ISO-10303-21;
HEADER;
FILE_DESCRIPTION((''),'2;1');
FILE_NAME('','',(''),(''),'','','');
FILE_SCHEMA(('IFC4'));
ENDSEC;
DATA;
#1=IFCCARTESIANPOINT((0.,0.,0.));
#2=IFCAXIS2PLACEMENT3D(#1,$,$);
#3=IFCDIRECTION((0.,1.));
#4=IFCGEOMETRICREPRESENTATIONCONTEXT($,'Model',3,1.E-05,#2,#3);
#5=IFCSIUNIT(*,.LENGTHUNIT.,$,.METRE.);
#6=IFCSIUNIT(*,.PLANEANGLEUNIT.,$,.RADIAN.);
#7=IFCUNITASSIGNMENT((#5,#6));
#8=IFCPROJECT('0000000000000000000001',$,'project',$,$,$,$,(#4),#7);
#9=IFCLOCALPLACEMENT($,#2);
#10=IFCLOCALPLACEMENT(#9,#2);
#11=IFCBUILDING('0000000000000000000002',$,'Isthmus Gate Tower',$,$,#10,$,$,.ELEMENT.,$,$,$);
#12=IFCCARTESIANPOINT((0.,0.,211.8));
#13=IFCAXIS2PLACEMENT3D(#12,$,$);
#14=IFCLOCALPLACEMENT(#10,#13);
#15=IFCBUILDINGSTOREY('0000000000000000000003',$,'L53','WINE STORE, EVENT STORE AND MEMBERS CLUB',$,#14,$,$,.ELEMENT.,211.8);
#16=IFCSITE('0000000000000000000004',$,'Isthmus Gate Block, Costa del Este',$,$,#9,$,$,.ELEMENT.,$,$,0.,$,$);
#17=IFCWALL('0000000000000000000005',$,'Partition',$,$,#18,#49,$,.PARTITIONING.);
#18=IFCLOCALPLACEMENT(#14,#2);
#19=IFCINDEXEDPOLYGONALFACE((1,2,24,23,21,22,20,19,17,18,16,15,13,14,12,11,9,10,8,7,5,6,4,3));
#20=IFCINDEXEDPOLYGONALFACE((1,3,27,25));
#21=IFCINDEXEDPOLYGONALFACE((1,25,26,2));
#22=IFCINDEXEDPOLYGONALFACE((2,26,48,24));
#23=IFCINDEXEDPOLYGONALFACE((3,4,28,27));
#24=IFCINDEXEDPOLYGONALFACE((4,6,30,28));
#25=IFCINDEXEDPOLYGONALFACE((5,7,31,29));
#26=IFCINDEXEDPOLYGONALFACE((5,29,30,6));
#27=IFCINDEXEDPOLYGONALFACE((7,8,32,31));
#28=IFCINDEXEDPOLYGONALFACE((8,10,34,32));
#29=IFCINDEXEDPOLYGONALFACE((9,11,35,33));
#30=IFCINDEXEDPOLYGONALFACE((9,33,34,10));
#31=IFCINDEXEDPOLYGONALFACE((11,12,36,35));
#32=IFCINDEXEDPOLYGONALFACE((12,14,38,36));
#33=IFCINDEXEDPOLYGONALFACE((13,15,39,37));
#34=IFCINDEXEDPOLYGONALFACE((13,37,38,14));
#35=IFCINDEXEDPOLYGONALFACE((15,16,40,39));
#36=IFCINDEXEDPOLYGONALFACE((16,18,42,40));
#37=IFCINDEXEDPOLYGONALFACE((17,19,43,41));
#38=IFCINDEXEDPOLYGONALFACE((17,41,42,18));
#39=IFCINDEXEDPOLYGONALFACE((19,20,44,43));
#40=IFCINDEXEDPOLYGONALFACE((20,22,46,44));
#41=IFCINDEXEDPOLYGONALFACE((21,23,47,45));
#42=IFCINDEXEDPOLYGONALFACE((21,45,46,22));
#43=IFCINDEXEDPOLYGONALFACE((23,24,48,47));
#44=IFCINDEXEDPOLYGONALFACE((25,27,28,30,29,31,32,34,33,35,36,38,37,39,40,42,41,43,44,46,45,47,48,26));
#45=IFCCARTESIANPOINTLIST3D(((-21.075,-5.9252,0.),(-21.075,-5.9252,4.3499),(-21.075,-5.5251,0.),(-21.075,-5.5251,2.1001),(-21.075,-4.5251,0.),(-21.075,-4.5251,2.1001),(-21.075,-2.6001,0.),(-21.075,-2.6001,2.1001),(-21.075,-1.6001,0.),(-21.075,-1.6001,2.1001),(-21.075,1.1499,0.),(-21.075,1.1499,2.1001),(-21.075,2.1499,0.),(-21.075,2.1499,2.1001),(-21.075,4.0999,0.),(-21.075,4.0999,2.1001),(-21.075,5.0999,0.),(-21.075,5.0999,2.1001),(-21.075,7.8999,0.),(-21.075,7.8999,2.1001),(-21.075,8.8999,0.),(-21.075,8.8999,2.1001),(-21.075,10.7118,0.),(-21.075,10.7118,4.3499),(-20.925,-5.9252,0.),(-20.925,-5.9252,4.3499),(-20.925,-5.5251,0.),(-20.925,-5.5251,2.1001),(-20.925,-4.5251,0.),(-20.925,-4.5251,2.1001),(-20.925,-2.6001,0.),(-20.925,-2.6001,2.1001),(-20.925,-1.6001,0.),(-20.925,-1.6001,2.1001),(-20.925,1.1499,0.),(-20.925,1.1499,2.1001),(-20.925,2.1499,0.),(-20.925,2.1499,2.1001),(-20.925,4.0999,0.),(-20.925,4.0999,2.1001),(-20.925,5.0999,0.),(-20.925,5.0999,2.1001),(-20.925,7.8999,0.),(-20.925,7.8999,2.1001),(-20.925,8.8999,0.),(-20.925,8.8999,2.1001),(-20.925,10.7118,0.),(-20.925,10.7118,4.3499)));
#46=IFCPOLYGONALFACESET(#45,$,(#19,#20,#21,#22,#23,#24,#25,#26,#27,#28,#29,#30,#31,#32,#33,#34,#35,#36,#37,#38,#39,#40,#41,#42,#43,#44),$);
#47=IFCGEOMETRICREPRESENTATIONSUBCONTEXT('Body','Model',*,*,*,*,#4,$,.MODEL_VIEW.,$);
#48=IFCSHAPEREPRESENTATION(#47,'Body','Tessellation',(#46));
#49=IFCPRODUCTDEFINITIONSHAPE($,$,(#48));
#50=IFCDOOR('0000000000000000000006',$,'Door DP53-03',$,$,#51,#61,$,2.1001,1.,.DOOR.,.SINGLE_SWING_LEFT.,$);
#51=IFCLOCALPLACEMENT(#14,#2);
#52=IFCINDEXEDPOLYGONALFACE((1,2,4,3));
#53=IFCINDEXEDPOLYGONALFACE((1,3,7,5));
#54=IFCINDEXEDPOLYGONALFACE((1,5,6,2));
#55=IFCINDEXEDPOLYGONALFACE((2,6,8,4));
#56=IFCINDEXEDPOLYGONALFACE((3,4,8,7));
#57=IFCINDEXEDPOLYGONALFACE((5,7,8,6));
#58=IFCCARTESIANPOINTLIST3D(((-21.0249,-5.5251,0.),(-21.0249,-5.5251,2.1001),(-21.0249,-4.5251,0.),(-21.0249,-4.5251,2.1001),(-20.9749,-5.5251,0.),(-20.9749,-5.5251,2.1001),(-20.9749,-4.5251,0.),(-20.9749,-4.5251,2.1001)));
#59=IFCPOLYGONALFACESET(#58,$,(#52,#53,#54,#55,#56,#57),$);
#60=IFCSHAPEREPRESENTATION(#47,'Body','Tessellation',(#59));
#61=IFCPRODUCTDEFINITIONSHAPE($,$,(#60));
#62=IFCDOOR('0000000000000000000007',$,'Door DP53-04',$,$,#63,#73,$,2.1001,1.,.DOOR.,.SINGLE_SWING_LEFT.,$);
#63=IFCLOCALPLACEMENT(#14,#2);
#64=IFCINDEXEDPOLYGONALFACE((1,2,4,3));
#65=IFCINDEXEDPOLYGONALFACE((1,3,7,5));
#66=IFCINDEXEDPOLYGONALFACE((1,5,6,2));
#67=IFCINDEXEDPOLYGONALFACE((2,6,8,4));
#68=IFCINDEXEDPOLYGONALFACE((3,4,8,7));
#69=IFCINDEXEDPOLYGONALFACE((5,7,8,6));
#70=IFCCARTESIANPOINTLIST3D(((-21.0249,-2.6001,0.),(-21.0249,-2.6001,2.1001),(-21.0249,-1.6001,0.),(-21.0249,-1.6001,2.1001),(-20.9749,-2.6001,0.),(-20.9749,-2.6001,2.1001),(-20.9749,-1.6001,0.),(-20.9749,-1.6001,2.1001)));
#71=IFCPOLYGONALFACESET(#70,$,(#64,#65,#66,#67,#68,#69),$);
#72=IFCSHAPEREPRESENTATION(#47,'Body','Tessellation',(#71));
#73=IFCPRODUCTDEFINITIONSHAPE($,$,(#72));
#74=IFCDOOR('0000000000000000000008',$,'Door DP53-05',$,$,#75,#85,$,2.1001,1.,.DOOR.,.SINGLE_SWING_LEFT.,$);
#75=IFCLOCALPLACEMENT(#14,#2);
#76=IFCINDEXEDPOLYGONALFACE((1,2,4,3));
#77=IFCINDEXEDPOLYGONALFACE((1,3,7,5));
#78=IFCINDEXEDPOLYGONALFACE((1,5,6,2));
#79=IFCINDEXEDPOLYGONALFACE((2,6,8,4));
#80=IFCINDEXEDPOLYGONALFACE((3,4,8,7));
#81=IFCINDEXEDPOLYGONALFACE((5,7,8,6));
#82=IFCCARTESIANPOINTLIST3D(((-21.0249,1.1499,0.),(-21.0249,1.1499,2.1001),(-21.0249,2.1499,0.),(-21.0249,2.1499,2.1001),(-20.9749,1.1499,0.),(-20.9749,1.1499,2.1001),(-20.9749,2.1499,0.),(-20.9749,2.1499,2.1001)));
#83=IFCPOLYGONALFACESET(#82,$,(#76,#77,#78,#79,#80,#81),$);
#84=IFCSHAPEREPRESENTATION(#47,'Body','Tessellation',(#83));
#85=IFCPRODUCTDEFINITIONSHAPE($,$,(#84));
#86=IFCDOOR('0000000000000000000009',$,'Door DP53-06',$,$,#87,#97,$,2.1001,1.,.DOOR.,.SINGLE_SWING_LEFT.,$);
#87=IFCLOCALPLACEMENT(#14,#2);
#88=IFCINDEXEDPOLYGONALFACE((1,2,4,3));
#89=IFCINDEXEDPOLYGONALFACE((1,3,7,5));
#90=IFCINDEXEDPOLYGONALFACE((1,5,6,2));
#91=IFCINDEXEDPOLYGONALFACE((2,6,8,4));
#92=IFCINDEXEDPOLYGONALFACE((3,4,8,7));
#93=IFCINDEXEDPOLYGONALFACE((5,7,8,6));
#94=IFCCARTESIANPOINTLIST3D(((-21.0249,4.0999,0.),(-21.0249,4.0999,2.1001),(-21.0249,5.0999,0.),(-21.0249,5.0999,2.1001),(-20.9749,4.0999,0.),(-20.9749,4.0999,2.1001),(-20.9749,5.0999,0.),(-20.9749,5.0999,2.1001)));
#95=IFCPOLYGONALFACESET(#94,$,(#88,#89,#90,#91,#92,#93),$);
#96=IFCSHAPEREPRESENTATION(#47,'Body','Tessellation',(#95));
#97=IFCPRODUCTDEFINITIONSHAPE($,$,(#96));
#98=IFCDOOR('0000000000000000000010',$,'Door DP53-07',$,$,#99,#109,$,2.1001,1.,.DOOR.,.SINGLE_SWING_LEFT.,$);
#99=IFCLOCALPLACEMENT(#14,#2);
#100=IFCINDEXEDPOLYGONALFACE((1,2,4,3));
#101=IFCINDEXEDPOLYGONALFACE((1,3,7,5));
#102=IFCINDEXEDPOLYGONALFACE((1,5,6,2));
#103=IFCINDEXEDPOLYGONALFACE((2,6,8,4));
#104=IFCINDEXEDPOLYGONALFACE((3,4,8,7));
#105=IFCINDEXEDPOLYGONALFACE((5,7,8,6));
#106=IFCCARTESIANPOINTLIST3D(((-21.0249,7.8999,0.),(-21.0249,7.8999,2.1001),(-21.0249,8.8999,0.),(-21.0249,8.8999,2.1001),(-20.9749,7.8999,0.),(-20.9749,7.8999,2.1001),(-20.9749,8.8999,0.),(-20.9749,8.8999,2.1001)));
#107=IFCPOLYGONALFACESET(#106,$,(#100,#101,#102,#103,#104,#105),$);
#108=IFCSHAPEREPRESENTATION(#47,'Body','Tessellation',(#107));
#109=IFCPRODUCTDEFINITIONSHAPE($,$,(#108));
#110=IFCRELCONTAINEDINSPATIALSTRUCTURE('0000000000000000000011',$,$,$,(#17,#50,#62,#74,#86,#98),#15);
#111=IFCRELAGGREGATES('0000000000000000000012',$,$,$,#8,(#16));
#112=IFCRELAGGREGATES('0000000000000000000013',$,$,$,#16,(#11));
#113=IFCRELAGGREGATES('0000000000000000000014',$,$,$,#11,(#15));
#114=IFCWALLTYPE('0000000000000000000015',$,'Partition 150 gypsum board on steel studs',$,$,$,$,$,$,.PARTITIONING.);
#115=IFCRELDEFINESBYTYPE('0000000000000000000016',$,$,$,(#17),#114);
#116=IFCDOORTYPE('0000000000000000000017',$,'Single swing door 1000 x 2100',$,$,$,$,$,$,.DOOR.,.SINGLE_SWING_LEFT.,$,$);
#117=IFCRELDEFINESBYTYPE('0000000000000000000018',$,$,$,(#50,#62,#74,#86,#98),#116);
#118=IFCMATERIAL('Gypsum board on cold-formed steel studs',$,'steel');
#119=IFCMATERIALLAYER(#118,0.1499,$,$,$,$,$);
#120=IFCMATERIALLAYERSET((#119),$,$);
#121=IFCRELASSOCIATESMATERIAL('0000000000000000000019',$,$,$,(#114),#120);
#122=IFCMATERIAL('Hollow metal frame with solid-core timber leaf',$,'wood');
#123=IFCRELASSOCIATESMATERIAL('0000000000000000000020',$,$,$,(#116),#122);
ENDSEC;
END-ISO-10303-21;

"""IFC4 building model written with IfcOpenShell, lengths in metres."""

from ifc_helpers import new_model, si_unit, direction, frame, frame_2d, origin, place, context, subcontext, project, spatial, rectangle, extrude, material, layer, layer_set, type_object, element, fill, save


model = new_model("IFC4")

# Units and contexts
model_context = context("Model", 3, precision=1e-05, world=origin(), true_north=direction((0.0, 1.0)))
body_context = subcontext(model_context, "Body", "Model", "MODEL_VIEW")
ifc_project = project(units=[si_unit("LENGTHUNIT", "METRE"), si_unit("PLANEANGLEUNIT", "RADIAN")], contexts=[model_context])

# Site, building, storey
site_placement = place(None, origin())
site = spatial("IfcSite", under=ifc_project, at=site_placement, Name="Isthmus Gate Block, Costa del Este", CompositionType="ELEMENT", RefElevation=0.0)
building_placement = place(site_placement, origin())
building = spatial("IfcBuilding", under=site, at=building_placement, Name="Isthmus Gate Tower", CompositionType="ELEMENT")
storey_placement = place(building_placement, frame((0.0, 0.0, 211.8)))
storey = spatial("IfcBuildingStorey", under=building, at=storey_placement, Name="L53", Description="WINE STORE, EVENT STORE AND MEMBERS CLUB", CompositionType="ELEMENT", Elevation=211.8)

# Wall, openings, doors
ifc_material_1 = material(Name="Gypsum board on cold-formed steel studs", Category="steel")
ifc_layer_1 = layer(ifc_material_1, 0.1499)
ifc_layer_set_1 = layer_set([ifc_layer_1])
wall_type_1 = type_object("IfcWallType", Name="Partition 150 gypsum board on steel studs", PredefinedType="PARTITIONING", material=ifc_layer_set_1)
wall_1_placement = place(storey_placement, frame((-21.0, -5.925, 0.0), z_axis=(0.0, 0.0, 1.0), x_axis=(0.0, 1.0, 0.0)))
wall_1 = element("IfcWall", 1, at=wall_1_placement, inside=storey, type_object=wall_type_1, Name="Partition", PredefinedType="PARTITIONING", context=body_context, shape_type="SweptSolid", body=[
    extrude(rectangle(XDim=16.637, YDim=0.1499, at=frame_2d((8.3184, 0.0))), origin(), (0.0, 0.0, 1.0), 4.3499),
])
opening_1_placement = place(wall_1_placement, frame((0.3999, 0.0, 0.0)))
opening_1 = element("IfcOpeningElement", 2, at=opening_1_placement, cuts=wall_1, PredefinedType="OPENING", context=body_context, shape_type="SweptSolid", body=[
    extrude(rectangle(XDim=1.0, YDim=2.1001, at=frame_2d((0.5, 1.05))), frame((0.0, 0.085, 0.0), z_axis=(0.0, -1.0, 0.0), x_axis=(1.0, 0.0, 0.0)), (0.0, 0.0, 1.0), 0.1699),
])
opening_2_placement = place(wall_1_placement, frame((3.325, 0.0, 0.0)))
opening_2 = element("IfcOpeningElement", 3, at=opening_2_placement, cuts=wall_1, PredefinedType="OPENING", context=body_context, shape_type="SweptSolid", body=[
    extrude(rectangle(XDim=1.0, YDim=2.1001, at=frame_2d((0.5, 1.05))), frame((0.0, 0.085, 0.0), z_axis=(0.0, -1.0, 0.0), x_axis=(1.0, 0.0, 0.0)), (0.0, 0.0, 1.0), 0.1699),
])
opening_3_placement = place(wall_1_placement, frame((7.075, 0.0, 0.0)))
opening_3 = element("IfcOpeningElement", 4, at=opening_3_placement, cuts=wall_1, PredefinedType="OPENING", context=body_context, shape_type="SweptSolid", body=[
    extrude(rectangle(XDim=1.0, YDim=2.1001, at=frame_2d((0.5, 1.05))), frame((0.0, 0.085, 0.0), z_axis=(0.0, -1.0, 0.0), x_axis=(1.0, 0.0, 0.0)), (0.0, 0.0, 1.0), 0.1699),
])
opening_4_placement = place(wall_1_placement, frame((10.0249, 0.0, 0.0)))
opening_4 = element("IfcOpeningElement", 5, at=opening_4_placement, cuts=wall_1, PredefinedType="OPENING", context=body_context, shape_type="SweptSolid", body=[
    extrude(rectangle(XDim=1.0, YDim=2.1001, at=frame_2d((0.5, 1.05))), frame((0.0, 0.085, 0.0), z_axis=(0.0, -1.0, 0.0), x_axis=(1.0, 0.0, 0.0)), (0.0, 0.0, 1.0), 0.1699),
])
opening_5_placement = place(wall_1_placement, frame((13.825, 0.0, 0.0)))
opening_5 = element("IfcOpeningElement", 6, at=opening_5_placement, cuts=wall_1, PredefinedType="OPENING", context=body_context, shape_type="SweptSolid", body=[
    extrude(rectangle(XDim=1.0, YDim=2.1001, at=frame_2d((0.5, 1.05))), frame((0.0, 0.085, 0.0), z_axis=(0.0, -1.0, 0.0), x_axis=(1.0, 0.0, 0.0)), (0.0, 0.0, 1.0), 0.1699),
])
ifc_material_2 = material(Name="Hollow metal frame with solid-core timber leaf", Category="wood")
door_type_1 = type_object("IfcDoorType", Name="Single swing door 1000 x 2100", OperationType="SINGLE_SWING_LEFT", PredefinedType="DOOR", material=ifc_material_2)
door_1_placement = place(opening_1_placement, origin())
door_1 = element("IfcDoor", 7, at=door_1_placement, inside=storey, type_object=door_type_1, Name="Door DP53-03", OperationType="SINGLE_SWING_LEFT", OverallHeight=2.1001, OverallWidth=1.0, PredefinedType="DOOR", context=body_context, shape_type="SweptSolid", body=[
    extrude(rectangle(XDim=1.0, YDim=2.1001, at=frame_2d((0.5, 1.05))), frame((0.0, 0.0249, 0.0), z_axis=(0.0, -1.0, 0.0), x_axis=(1.0, 0.0, 0.0)), (0.0, 0.0, 1.0), 0.05),
])
fill(opening_1, door_1)
door_2_placement = place(opening_2_placement, origin())
door_2 = element("IfcDoor", 8, at=door_2_placement, inside=storey, type_object=door_type_1, Name="Door DP53-04", OperationType="SINGLE_SWING_LEFT", OverallHeight=2.1001, OverallWidth=1.0, PredefinedType="DOOR", context=body_context, shape_type="SweptSolid", body=[
    extrude(rectangle(XDim=1.0, YDim=2.1001, at=frame_2d((0.5, 1.05))), frame((0.0, 0.0249, 0.0), z_axis=(0.0, -1.0, 0.0), x_axis=(1.0, 0.0, 0.0)), (0.0, 0.0, 1.0), 0.05),
])
fill(opening_2, door_2)
door_3_placement = place(opening_3_placement, origin())
door_3 = element("IfcDoor", 9, at=door_3_placement, inside=storey, type_object=door_type_1, Name="Door DP53-05", OperationType="SINGLE_SWING_LEFT", OverallHeight=2.1001, OverallWidth=1.0, PredefinedType="DOOR", context=body_context, shape_type="SweptSolid", body=[
    extrude(rectangle(XDim=1.0, YDim=2.1001, at=frame_2d((0.5, 1.05))), frame((0.0, 0.0249, 0.0), z_axis=(0.0, -1.0, 0.0), x_axis=(1.0, 0.0, 0.0)), (0.0, 0.0, 1.0), 0.05),
])
fill(opening_3, door_3)
door_4_placement = place(opening_4_placement, origin())
door_4 = element("IfcDoor", 10, at=door_4_placement, inside=storey, type_object=door_type_1, Name="Door DP53-06", OperationType="SINGLE_SWING_LEFT", OverallHeight=2.1001, OverallWidth=1.0, PredefinedType="DOOR", context=body_context, shape_type="SweptSolid", body=[
    extrude(rectangle(XDim=1.0, YDim=2.1001, at=frame_2d((0.5, 1.05))), frame((0.0, 0.0249, 0.0), z_axis=(0.0, -1.0, 0.0), x_axis=(1.0, 0.0, 0.0)), (0.0, 0.0, 1.0), 0.05),
])
fill(opening_4, door_4)
door_5_placement = place(opening_5_placement, origin())
door_5 = element("IfcDoor", 11, at=door_5_placement, inside=storey, type_object=door_type_1, Name="Door DP53-07", OperationType="SINGLE_SWING_LEFT", OverallHeight=2.1001, OverallWidth=1.0, PredefinedType="DOOR", context=body_context, shape_type="SweptSolid", body=[
    extrude(rectangle(XDim=1.0, YDim=2.1001, at=frame_2d((0.5, 1.05))), frame((0.0, 0.0249, 0.0), z_axis=(0.0, -1.0, 0.0), x_axis=(1.0, 0.0, 0.0)), (0.0, 0.0, 1.0), 0.05),
])
fill(opening_5, door_5)

save(model, "model.ifc")
